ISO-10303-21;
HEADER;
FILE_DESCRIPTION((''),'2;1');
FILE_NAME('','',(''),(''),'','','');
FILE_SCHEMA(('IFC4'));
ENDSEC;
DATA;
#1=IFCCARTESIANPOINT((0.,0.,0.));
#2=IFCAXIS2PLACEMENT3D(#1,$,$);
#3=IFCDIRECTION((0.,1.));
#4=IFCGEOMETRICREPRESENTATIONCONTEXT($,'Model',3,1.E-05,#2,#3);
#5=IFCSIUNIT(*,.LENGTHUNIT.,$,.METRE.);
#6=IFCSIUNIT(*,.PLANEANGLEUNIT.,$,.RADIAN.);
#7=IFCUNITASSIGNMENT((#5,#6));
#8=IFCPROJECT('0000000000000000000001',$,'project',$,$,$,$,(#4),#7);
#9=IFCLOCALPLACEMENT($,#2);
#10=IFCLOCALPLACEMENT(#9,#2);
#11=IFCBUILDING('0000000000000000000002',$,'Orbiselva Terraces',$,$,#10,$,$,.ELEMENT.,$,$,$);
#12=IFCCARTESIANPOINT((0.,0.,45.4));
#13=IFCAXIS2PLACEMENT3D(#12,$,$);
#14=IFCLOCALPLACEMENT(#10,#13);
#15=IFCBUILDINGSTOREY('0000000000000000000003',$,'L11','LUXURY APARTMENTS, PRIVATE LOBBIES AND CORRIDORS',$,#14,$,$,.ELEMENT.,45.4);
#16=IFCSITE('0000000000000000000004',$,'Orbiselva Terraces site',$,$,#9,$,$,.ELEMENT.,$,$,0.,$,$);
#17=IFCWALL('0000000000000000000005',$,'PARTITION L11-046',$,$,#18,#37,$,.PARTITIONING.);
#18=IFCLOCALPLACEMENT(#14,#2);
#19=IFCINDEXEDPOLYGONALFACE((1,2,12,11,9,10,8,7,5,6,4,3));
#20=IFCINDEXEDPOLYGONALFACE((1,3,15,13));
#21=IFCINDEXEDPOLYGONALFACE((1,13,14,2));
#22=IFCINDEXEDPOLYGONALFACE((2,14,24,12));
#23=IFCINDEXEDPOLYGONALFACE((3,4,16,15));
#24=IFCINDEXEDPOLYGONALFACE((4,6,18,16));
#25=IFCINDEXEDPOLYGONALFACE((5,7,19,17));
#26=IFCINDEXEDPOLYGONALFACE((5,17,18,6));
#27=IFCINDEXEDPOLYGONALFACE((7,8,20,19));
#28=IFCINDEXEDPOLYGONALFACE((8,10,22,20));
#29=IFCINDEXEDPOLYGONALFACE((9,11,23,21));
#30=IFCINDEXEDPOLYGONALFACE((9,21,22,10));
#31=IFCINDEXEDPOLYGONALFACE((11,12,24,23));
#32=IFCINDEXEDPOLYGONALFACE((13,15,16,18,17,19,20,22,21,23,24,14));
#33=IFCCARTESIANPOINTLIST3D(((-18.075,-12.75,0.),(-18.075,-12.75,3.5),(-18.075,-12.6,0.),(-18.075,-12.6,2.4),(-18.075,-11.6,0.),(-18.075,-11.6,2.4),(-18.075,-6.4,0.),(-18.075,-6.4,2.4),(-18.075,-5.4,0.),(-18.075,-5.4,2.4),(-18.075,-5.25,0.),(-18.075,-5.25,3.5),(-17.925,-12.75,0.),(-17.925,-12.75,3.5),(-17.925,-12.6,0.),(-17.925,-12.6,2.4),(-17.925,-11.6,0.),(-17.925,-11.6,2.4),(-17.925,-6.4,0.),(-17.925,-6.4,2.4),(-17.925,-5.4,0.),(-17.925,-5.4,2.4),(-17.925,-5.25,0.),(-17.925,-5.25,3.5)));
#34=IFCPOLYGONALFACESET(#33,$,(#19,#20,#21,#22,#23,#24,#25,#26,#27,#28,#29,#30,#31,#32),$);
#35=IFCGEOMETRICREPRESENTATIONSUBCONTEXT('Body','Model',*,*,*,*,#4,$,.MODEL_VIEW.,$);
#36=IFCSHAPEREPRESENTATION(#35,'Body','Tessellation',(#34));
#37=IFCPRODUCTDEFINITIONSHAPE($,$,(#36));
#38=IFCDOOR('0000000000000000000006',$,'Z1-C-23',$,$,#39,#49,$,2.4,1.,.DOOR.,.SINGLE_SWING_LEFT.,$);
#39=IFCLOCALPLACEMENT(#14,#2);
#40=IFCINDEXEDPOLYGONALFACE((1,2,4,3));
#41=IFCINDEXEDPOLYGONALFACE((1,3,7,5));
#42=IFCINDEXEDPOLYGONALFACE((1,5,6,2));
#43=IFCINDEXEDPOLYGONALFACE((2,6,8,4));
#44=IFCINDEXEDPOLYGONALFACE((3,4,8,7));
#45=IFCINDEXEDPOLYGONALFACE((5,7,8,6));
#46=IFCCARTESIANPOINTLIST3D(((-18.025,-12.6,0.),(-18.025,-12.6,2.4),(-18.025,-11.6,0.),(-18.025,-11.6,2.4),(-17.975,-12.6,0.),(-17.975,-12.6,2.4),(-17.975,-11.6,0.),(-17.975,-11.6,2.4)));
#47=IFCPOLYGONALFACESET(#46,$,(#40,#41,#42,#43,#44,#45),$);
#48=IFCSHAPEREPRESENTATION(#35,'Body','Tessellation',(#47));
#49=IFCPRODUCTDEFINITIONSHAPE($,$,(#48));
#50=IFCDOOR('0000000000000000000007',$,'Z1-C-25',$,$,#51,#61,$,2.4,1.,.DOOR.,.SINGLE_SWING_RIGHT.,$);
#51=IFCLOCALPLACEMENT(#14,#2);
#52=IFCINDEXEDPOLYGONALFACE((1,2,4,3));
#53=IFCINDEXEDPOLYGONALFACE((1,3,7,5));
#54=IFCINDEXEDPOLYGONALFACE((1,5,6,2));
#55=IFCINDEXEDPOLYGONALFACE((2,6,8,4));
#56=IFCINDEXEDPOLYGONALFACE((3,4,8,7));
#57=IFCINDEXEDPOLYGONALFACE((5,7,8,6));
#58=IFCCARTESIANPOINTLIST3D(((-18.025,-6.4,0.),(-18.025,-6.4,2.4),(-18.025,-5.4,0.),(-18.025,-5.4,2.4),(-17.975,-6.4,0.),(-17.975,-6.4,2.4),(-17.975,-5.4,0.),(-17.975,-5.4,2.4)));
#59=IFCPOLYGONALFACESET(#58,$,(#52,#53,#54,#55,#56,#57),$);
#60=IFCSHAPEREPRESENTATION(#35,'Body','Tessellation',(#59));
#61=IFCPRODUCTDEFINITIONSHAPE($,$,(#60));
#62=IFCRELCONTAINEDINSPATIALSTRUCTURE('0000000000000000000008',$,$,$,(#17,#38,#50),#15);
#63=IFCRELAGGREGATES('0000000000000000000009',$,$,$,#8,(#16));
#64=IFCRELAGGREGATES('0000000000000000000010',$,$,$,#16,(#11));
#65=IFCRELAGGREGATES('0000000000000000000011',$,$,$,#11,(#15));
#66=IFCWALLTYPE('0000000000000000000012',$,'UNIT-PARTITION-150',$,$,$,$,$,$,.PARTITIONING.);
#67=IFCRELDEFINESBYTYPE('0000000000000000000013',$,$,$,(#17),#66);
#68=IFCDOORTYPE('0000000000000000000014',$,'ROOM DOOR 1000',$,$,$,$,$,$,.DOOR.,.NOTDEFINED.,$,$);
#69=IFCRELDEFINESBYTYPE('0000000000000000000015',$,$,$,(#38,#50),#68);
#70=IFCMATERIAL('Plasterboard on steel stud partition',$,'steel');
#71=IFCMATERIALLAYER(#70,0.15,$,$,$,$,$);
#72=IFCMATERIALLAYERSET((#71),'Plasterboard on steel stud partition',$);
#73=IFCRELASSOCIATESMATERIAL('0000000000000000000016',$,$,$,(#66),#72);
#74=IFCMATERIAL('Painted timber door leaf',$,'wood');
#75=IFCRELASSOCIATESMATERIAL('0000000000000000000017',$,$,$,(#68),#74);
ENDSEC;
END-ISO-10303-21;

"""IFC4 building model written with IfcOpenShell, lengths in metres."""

from ifc_helpers import new_model, si_unit, direction, frame, frame_2d, origin, place, context, subcontext, project, spatial, rectangle, extrude, material, layer, layer_set, type_object, element, fill, save


model = new_model("IFC4")

# Units and contexts
model_context = context("Model", 3, precision=1e-05, world=origin(), true_north=direction((0.0, 1.0)))
body_context = subcontext(model_context, "Body", "Model", "MODEL_VIEW")
ifc_project = project(units=[si_unit("LENGTHUNIT", "METRE"), si_unit("PLANEANGLEUNIT", "RADIAN")], contexts=[model_context])

# Site, building, storey
site_placement = place(None, origin())
site = spatial("IfcSite", under=ifc_project, at=site_placement, Name="Orbiselva Terraces site", CompositionType="ELEMENT", RefElevation=0.0)
building_placement = place(site_placement, origin())
building = spatial("IfcBuilding", under=site, at=building_placement, Name="Orbiselva Terraces", CompositionType="ELEMENT")
storey_placement = place(building_placement, frame((0.0, 0.0, 45.4)))
storey = spatial("IfcBuildingStorey", under=building, at=storey_placement, Name="L11", Description="LUXURY APARTMENTS, PRIVATE LOBBIES AND CORRIDORS", CompositionType="ELEMENT", Elevation=45.4)

# Shared definitions
ifc_material_1 = material(Name="Plasterboard on steel stud partition", Category="steel")
ifc_layer_1 = layer(ifc_material_1, 0.15)
ifc_layer_set_1 = layer_set([ifc_layer_1], Name="Plasterboard on steel stud partition")
wall_type_1 = type_object("IfcWallType", Name="UNIT-PARTITION-150", PredefinedType="PARTITIONING", material=ifc_layer_set_1)

# Wall, openings, doors
ifc_material_2 = material(Name="Painted timber door leaf", Category="wood")
wall_1_placement = place(storey_placement, frame((-18.0, -12.75, 0.0), z_axis=(0.0, 0.0, 1.0), x_axis=(0.0, 1.0, 0.0)))
wall_1 = element("IfcWall", 1, at=wall_1_placement, inside=storey, type_object=wall_type_1, Name="PARTITION L11-046", PredefinedType="PARTITIONING", context=body_context, shape_type="SweptSolid", body=[
    extrude(rectangle(XDim=7.5, YDim=0.15, at=frame_2d((3.75, 0.0))), origin(), (0.0, 0.0, 1.0), 3.5),
])
opening_1_placement = place(wall_1_placement, frame((0.15, 0.0, 0.0)))
opening_1 = element("IfcOpeningElement", 2, at=opening_1_placement, cuts=wall_1, PredefinedType="OPENING", context=body_context, shape_type="SweptSolid", body=[
    extrude(rectangle(XDim=1.0, YDim=2.4, at=frame_2d((0.5, 1.2))), frame((0.0, 0.085, 0.0), z_axis=(0.0, -1.0, 0.0), x_axis=(1.0, 0.0, 0.0)), (0.0, 0.0, 1.0), 0.17),
])
opening_2_placement = place(wall_1_placement, frame((6.35, 0.0, 0.0)))
opening_2 = element("IfcOpeningElement", 3, at=opening_2_placement, cuts=wall_1, PredefinedType="OPENING", context=body_context, shape_type="SweptSolid", body=[
    extrude(rectangle(XDim=1.0, YDim=2.4, at=frame_2d((0.5, 1.2))), frame((0.0, 0.085, 0.0), z_axis=(0.0, -1.0, 0.0), x_axis=(1.0, 0.0, 0.0)), (0.0, 0.0, 1.0), 0.17),
])
door_type_1 = type_object("IfcDoorType", Name="ROOM DOOR 1000", OperationType="NOTDEFINED", PredefinedType="DOOR", material=ifc_material_2)
door_1_placement = place(opening_1_placement, origin())
door_1 = element("IfcDoor", 4, at=door_1_placement, inside=storey, type_object=door_type_1, Name="Z1-C-23", OperationType="SINGLE_SWING_LEFT", OverallHeight=2.4, OverallWidth=1.0, PredefinedType="DOOR", context=body_context, shape_type="SweptSolid", body=[
    extrude(rectangle(XDim=1.0, YDim=2.4, at=frame_2d((0.5, 1.2))), frame((0.0, 0.025, 0.0), z_axis=(0.0, -1.0, 0.0), x_axis=(1.0, 0.0, 0.0)), (0.0, 0.0, 1.0), 0.05),
])
fill(opening_1, door_1)
door_2_placement = place(opening_2_placement, origin())
door_2 = element("IfcDoor", 5, at=door_2_placement, inside=storey, type_object=door_type_1, Name="Z1-C-25", OperationType="SINGLE_SWING_RIGHT", OverallHeight=2.4, OverallWidth=1.0, PredefinedType="DOOR", context=body_context, shape_type="SweptSolid", body=[
    extrude(rectangle(XDim=1.0, YDim=2.4, at=frame_2d((0.5, 1.2))), frame((0.0, 0.025, 0.0), z_axis=(0.0, -1.0, 0.0), x_axis=(1.0, 0.0, 0.0)), (0.0, 0.0, 1.0), 0.05),
])
fill(opening_2, door_2)

save(model, "model.ifc")
